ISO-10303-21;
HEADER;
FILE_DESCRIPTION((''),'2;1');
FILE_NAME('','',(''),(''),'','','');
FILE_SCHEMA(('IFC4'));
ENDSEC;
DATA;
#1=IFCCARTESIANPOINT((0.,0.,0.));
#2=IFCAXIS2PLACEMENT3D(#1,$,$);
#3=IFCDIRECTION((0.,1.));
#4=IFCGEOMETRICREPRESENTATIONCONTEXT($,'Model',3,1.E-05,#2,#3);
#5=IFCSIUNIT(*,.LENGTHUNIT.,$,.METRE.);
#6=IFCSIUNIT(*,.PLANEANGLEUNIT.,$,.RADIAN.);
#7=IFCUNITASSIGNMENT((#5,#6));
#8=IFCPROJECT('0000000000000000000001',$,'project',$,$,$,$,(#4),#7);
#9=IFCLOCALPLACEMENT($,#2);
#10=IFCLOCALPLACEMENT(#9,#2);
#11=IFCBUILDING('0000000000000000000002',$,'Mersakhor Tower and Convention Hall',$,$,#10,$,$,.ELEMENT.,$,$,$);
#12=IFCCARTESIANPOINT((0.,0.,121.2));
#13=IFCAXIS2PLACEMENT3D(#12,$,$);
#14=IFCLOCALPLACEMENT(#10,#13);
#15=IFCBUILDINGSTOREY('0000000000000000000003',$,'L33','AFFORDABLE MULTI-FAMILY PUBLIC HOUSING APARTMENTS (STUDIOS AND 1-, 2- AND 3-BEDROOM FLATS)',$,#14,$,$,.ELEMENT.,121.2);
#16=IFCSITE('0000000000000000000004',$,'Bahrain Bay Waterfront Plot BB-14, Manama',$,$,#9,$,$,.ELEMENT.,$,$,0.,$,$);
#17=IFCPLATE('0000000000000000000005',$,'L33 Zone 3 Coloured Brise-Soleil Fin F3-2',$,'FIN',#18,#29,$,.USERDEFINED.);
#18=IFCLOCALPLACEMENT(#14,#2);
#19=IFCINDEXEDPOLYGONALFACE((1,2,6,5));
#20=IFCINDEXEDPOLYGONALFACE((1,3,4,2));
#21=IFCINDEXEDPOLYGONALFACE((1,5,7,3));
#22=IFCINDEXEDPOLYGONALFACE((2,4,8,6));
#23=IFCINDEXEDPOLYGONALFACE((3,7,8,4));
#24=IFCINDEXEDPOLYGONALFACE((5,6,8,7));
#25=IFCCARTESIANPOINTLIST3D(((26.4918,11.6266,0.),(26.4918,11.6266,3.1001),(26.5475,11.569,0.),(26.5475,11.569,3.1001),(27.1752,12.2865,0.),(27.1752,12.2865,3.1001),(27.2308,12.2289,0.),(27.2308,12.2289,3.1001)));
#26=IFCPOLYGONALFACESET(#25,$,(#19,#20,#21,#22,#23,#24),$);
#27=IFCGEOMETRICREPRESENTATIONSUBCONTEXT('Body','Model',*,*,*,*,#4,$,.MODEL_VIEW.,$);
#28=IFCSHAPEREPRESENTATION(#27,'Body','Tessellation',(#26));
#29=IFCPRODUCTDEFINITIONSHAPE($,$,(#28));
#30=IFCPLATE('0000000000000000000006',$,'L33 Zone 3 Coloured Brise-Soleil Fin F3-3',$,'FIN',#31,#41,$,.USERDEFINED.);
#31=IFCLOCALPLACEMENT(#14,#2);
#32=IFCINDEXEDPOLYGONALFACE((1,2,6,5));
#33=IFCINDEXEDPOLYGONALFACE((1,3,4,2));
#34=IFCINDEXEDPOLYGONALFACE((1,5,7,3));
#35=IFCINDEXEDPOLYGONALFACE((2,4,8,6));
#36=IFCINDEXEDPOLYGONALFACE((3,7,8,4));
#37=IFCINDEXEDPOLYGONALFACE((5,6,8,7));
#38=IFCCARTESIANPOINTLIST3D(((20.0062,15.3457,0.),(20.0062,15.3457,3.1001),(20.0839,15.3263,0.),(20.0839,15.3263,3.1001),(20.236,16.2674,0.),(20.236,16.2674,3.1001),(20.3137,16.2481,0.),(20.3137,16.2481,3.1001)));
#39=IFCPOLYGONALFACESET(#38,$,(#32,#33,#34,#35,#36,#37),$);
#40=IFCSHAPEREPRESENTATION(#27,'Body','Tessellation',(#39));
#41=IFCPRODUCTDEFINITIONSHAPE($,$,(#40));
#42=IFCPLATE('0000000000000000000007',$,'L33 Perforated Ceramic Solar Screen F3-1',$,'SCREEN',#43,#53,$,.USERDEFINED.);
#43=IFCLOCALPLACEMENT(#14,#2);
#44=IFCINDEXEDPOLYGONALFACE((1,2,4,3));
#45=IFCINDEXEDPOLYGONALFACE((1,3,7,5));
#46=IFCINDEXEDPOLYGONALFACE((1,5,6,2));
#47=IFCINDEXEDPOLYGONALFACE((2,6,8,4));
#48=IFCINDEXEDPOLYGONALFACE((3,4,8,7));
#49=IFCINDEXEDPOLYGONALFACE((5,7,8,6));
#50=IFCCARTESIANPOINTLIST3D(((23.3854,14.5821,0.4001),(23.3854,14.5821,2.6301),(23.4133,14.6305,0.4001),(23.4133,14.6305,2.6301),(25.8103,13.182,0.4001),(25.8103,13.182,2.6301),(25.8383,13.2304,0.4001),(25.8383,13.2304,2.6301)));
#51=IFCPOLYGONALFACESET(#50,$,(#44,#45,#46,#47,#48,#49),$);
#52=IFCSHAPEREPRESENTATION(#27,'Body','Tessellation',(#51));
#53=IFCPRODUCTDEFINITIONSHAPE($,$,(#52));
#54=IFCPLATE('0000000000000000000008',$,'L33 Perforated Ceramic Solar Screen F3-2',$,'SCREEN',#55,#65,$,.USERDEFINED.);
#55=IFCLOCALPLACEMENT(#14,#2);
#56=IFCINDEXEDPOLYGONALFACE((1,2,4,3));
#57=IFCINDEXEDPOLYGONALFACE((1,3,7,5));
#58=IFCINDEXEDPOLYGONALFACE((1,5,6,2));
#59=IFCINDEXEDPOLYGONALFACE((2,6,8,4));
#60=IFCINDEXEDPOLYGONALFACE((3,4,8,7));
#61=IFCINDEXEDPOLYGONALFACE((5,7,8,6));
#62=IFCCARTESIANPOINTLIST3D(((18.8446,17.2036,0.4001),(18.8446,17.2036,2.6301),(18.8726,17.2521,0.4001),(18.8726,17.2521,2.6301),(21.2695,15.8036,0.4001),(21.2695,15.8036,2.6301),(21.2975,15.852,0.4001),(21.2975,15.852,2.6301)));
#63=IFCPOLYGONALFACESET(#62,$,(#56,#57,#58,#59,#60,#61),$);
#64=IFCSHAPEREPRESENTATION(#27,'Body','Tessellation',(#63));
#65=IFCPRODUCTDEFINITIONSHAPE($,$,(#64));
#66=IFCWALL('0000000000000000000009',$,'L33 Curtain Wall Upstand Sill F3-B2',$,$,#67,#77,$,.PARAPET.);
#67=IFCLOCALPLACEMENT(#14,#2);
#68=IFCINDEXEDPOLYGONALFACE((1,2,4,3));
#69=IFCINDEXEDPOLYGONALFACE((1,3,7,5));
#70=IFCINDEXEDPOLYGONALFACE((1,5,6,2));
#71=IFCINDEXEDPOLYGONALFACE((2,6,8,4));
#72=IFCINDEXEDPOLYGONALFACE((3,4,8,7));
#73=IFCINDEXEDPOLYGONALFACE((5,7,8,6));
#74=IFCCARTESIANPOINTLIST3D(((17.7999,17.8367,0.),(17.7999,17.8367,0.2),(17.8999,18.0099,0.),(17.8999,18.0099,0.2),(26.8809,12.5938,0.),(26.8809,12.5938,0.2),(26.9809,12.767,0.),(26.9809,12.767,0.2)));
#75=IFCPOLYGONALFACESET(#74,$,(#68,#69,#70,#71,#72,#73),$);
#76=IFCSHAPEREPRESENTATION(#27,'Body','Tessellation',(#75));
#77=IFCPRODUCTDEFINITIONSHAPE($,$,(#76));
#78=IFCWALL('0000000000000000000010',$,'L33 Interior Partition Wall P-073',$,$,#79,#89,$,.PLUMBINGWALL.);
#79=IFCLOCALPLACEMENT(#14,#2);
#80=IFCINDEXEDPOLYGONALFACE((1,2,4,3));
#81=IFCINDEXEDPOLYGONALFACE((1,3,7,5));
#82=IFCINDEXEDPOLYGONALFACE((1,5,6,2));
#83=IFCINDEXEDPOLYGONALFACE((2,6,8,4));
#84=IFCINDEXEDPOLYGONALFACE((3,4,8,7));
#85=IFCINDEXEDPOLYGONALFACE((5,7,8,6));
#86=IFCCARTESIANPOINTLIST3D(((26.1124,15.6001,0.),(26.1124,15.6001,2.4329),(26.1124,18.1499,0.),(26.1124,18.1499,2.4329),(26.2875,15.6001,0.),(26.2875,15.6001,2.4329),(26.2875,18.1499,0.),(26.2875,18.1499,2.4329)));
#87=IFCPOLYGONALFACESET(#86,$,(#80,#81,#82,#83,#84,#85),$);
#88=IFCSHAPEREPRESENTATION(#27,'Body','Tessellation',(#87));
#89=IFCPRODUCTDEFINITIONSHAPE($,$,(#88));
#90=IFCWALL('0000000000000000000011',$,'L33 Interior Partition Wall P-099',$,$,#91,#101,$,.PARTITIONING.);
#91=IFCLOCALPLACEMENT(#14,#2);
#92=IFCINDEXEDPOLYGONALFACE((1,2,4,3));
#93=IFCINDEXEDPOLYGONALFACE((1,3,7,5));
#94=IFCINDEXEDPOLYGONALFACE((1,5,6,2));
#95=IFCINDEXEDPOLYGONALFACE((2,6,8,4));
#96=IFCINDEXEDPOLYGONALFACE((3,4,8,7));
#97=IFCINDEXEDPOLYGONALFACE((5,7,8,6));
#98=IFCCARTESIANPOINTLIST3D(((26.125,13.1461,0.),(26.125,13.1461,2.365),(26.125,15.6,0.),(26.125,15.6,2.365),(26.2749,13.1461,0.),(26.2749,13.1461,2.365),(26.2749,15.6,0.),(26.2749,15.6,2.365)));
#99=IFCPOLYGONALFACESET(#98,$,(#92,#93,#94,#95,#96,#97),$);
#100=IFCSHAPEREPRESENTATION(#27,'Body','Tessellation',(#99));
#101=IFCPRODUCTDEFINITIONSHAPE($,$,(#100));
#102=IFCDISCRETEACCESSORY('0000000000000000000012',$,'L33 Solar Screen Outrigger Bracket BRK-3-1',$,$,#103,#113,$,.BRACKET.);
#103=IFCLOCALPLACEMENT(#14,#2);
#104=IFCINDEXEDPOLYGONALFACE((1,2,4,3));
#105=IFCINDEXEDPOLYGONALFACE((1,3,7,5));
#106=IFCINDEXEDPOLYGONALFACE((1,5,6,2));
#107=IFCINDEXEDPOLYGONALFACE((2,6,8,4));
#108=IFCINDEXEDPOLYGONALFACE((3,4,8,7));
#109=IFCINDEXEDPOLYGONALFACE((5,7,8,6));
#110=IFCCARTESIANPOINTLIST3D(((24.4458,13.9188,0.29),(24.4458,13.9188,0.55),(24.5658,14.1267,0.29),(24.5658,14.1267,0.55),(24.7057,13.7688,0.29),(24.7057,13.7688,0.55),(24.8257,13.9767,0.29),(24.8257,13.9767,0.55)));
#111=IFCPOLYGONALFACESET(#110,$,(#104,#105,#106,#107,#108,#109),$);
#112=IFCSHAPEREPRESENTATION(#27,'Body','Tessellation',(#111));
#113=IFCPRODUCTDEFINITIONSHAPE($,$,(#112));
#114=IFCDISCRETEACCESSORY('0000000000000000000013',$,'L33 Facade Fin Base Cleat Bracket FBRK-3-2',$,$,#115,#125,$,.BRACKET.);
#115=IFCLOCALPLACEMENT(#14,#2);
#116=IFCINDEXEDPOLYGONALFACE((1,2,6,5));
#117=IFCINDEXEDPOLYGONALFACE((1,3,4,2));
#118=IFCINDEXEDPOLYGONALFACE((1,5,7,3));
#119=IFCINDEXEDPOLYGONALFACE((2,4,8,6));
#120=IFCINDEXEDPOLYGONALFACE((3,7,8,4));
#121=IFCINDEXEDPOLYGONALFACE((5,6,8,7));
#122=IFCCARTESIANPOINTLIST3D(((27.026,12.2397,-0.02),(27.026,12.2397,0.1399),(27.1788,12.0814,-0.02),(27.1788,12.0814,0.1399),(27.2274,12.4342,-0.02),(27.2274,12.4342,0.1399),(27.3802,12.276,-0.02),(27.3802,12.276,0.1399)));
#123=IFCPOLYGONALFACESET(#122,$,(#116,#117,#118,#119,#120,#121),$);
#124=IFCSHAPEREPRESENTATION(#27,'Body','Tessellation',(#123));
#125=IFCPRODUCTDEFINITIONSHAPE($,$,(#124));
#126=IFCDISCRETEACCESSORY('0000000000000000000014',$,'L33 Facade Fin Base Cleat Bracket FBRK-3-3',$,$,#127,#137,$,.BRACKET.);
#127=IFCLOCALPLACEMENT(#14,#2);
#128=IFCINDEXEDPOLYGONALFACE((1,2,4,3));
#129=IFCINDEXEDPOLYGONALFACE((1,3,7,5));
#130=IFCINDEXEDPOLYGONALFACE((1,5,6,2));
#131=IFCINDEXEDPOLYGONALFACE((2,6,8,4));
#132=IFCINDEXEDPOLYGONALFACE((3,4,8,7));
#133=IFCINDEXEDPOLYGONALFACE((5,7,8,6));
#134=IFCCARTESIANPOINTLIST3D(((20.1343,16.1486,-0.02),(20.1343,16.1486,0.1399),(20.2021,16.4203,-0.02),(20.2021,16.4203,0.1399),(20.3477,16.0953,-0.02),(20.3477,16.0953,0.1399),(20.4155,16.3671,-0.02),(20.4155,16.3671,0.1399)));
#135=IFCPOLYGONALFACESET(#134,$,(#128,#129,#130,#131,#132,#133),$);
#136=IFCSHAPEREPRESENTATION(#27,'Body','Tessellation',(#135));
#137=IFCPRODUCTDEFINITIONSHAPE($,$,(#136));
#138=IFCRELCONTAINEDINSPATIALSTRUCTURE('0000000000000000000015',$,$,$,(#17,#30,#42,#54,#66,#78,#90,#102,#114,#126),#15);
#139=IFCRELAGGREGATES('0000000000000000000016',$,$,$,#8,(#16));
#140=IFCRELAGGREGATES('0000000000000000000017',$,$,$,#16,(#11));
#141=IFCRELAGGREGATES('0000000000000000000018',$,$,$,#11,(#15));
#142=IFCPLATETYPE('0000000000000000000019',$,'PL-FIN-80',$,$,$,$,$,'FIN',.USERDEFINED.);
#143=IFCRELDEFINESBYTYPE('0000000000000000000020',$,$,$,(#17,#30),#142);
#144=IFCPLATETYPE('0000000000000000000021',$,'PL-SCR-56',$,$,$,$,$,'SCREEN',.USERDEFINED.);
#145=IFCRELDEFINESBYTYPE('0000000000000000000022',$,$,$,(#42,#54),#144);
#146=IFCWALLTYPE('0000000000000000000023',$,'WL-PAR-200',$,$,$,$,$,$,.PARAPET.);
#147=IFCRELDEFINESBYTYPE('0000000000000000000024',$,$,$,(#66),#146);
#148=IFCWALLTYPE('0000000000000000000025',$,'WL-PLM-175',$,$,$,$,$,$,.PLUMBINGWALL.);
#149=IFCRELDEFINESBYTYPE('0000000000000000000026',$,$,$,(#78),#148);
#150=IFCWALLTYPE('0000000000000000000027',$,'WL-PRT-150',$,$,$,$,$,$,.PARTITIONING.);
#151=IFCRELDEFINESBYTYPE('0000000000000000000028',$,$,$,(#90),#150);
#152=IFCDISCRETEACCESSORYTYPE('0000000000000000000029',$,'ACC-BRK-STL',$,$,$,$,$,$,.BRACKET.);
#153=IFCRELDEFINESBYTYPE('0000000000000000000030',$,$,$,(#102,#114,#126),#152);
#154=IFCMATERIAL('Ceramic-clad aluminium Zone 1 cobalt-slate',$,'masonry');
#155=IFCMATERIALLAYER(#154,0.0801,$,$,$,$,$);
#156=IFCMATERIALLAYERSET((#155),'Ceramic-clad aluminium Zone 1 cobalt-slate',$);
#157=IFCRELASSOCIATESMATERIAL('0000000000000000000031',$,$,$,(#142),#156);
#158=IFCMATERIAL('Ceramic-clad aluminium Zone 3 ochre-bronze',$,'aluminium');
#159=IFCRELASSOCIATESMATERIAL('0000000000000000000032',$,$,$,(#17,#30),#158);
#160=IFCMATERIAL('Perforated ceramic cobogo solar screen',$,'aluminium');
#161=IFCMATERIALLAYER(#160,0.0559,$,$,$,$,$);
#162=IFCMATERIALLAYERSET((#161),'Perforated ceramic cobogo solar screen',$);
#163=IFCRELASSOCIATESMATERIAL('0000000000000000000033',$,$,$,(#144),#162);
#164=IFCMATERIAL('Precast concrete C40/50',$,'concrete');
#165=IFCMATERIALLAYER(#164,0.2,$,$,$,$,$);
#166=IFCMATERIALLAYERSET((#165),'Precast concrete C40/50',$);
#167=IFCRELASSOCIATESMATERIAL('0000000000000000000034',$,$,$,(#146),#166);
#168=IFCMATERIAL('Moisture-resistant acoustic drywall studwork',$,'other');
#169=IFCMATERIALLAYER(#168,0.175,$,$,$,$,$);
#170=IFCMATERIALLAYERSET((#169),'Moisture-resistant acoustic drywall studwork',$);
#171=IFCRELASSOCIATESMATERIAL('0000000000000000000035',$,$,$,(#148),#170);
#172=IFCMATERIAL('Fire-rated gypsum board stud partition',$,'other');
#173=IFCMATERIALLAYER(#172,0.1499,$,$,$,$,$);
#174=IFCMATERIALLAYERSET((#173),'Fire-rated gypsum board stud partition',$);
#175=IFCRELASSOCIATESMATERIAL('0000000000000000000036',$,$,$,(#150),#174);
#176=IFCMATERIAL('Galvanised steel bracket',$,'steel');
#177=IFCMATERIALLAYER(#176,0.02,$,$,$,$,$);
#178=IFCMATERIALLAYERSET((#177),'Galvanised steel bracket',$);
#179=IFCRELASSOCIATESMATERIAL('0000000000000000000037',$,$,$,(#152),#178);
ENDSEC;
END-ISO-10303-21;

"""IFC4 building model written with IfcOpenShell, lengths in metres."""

from ifc_helpers import new_model, si_unit, direction, frame, frame_2d, origin, origin_2d, place, context, subcontext, project, spatial, rectangle, extrude, material, layer, layer_set, type_object, element, save


model = new_model("IFC4")

# Units and contexts
model_context = context("Model", 3, precision=1e-05, world=origin(), true_north=direction((0.0, 1.0)))
body_context = subcontext(model_context, "Body", "Model", "MODEL_VIEW")
ifc_project = project(units=[si_unit("LENGTHUNIT", "METRE"), si_unit("PLANEANGLEUNIT", "RADIAN")], contexts=[model_context])

# Site, building, storey
site_placement = place(None, origin())
site = spatial("IfcSite", under=ifc_project, at=site_placement, Name="Bahrain Bay Waterfront Plot BB-14, Manama", CompositionType="ELEMENT", RefElevation=0.0)
building_placement = place(site_placement, origin())
building = spatial("IfcBuilding", under=site, at=building_placement, Name="Mersakhor Tower and Convention Hall", CompositionType="ELEMENT")
storey_placement = place(building_placement, frame((0.0, 0.0, 121.2)))
storey = spatial("IfcBuildingStorey", under=building, at=storey_placement, Name="L33", Description="AFFORDABLE MULTI-FAMILY PUBLIC HOUSING APARTMENTS (STUDIOS AND 1-, 2- AND 3-BEDROOM FLATS)", CompositionType="ELEMENT", Elevation=121.2)

# Plates
ifc_material_1 = material(Name="Ceramic-clad aluminium Zone 3 ochre-bronze", Category="aluminium")
ifc_material_2 = material(Name="Ceramic-clad aluminium Zone 1 cobalt-slate", Category="masonry")
ifc_layer_1 = layer(ifc_material_2, 0.0801)
ifc_layer_set_1 = layer_set([ifc_layer_1], Name="Ceramic-clad aluminium Zone 1 cobalt-slate")
plate_type_1 = type_object("IfcPlateType", Name="PL-FIN-80", ElementType="FIN", PredefinedType="USERDEFINED", material=ifc_layer_set_1)
for number, where, z_axis, x_axis, name in (
    (1, (26.8613, 11.9277, 0.0), (0.0, 0.0, 1.0), (-0.71934, -0.694658, 0.0), "L33 Zone 3 Coloured Brise-Soleil Fin F3-2"),
    (2, (20.1599, 15.7969, 0.0), (0.0, 0.0, 1.0), (-0.241922, -0.970296, 0.0), "L33 Zone 3 Coloured Brise-Soleil Fin F3-3"),
):
    element("IfcPlate", number, at=place(storey_placement, frame(where, z_axis=z_axis, x_axis=x_axis)), inside=storey, type_object=plate_type_1, material=ifc_material_1, Name=name, ObjectType="FIN", PredefinedType="USERDEFINED", context=body_context, shape_type="SweptSolid", body=[
        extrude(rectangle(XDim=0.95, YDim=0.0801, at=origin_2d()), origin(), (0.0, 0.0, 1.0), 3.1001),
    ])
ifc_material_3 = material(Name="Perforated ceramic cobogo solar screen", Category="aluminium")
ifc_layer_2 = layer(ifc_material_3, 0.0559)
ifc_layer_set_2 = layer_set([ifc_layer_2], Name="Perforated ceramic cobogo solar screen")
plate_type_2 = type_object("IfcPlateType", Name="PL-SCR-56", ElementType="SCREEN", PredefinedType="USERDEFINED", material=ifc_layer_set_2)
for number, where, z_axis, x_axis, name in (
    (3, (24.6118, 13.9062, 0.4001), (0.0, 0.0, 1.0), (-0.866025, 0.5, 0.0), "L33 Perforated Ceramic Solar Screen F3-1"),
    (4, (20.071, 16.5278, 0.4001), (0.0, 0.0, 1.0), (-0.866025, 0.5, 0.0), "L33 Perforated Ceramic Solar Screen F3-2"),
):
    element("IfcPlate", number, at=place(storey_placement, frame(where, z_axis=z_axis, x_axis=x_axis)), inside=storey, type_object=plate_type_2, Name=name, ObjectType="SCREEN", PredefinedType="USERDEFINED", context=body_context, shape_type="SweptSolid", body=[
        extrude(rectangle(XDim=2.8, YDim=0.0559, at=origin_2d()), origin(), (0.0, 0.0, 1.0), 2.23),
    ])

# Walls
ifc_material_4 = material(Name="Precast concrete C40/50", Category="concrete")
ifc_layer_3 = layer(ifc_material_4, 0.2)
ifc_layer_set_3 = layer_set([ifc_layer_3], Name="Precast concrete C40/50")
wall_type_1 = type_object("IfcWallType", Name="WL-PAR-200", PredefinedType="PARAPET", material=ifc_layer_set_3)
wall_1_placement = place(storey_placement, frame((26.9309, 12.6804, 0.0), z_axis=(0.0, 0.0, 1.0), x_axis=(-0.866027, 0.499998, 0.0)))
element("IfcWall", 5, at=wall_1_placement, inside=storey, type_object=wall_type_1, Name="L33 Curtain Wall Upstand Sill F3-B2", PredefinedType="PARAPET", context=body_context, shape_type="SweptSolid", body=[
    extrude(rectangle(XDim=10.4858, YDim=0.2, at=frame_2d((5.2429, 0.0))), origin(), (0.0, 0.0, 1.0), 0.2),
])
ifc_material_5 = material(Name="Moisture-resistant acoustic drywall studwork", Category="other")
ifc_layer_4 = layer(ifc_material_5, 0.175)
ifc_layer_set_4 = layer_set([ifc_layer_4], Name="Moisture-resistant acoustic drywall studwork")
wall_type_2 = type_object("IfcWallType", Name="WL-PLM-175", PredefinedType="PLUMBINGWALL", material=ifc_layer_set_4)
wall_2_placement = place(storey_placement, frame((26.2, 15.6001, 0.0), z_axis=(0.0, 0.0, 1.0), x_axis=(0.0, 1.0, 0.0)))
element("IfcWall", 6, at=wall_2_placement, inside=storey, type_object=wall_type_2, Name="L33 Interior Partition Wall P-073", PredefinedType="PLUMBINGWALL", context=body_context, shape_type="SweptSolid", body=[
    extrude(rectangle(XDim=2.5498, YDim=0.175, at=frame_2d((1.2749, 0.0))), origin(), (0.0, 0.0, 1.0), 2.4329),
])
ifc_material_6 = material(Name="Fire-rated gypsum board stud partition", Category="other")
ifc_layer_5 = layer(ifc_material_6, 0.1499)
ifc_layer_set_5 = layer_set([ifc_layer_5], Name="Fire-rated gypsum board stud partition")
wall_type_3 = type_object("IfcWallType", Name="WL-PRT-150", PredefinedType="PARTITIONING", material=ifc_layer_set_5)
wall_3_placement = place(storey_placement, frame((26.2, 15.6001, 0.0), z_axis=(0.0, 0.0, 1.0), x_axis=(0.0, -1.0, 0.0)))
element("IfcWall", 7, at=wall_3_placement, inside=storey, type_object=wall_type_3, Name="L33 Interior Partition Wall P-099", PredefinedType="PARTITIONING", context=body_context, shape_type="SweptSolid", body=[
    extrude(rectangle(XDim=2.4539, YDim=0.1499, at=frame_2d((1.2271, 0.0))), origin(), (0.0, 0.0, 1.0), 2.365),
])

# Discrete accessories
ifc_material_7 = material(Name="Galvanised steel bracket", Category="steel")
ifc_layer_6 = layer(ifc_material_7, 0.02)
ifc_layer_set_6 = layer_set([ifc_layer_6], Name="Galvanised steel bracket")
discrete_accessory_type = type_object("IfcDiscreteAccessoryType", Name="ACC-BRK-STL", PredefinedType="BRACKET", material=ifc_layer_set_6)
discrete_accessory_placement = place(storey_placement, frame((24.6357, 13.9478, 0.29), z_axis=(0.0, 0.0, 1.0), x_axis=(-0.866025, 0.5, 0.0)))
element("IfcDiscreteAccessory", 8, at=discrete_accessory_placement, inside=storey, type_object=discrete_accessory_type, Name="L33 Solar Screen Outrigger Bracket BRK-3-1", PredefinedType="BRACKET", context=body_context, shape_type="SweptSolid", body=[
    extrude(rectangle(XDim=0.3, YDim=0.24, at=origin_2d()), origin(), (0.0, 0.0, 1.0), 0.26),
])
for number, where, z_axis, x_axis, name in (
    (9, (27.2031, 12.2578, -0.02), (0.0, 0.0, 1.0), (-0.71934, -0.694658, 0.0), "L33 Facade Fin Base Cleat Bracket FBRK-3-2"),
    (10, (20.2749, 16.2578, -0.02), (0.0, 0.0, 1.0), (-0.241922, -0.970296, 0.0), "L33 Facade Fin Base Cleat Bracket FBRK-3-3"),
):
    element("IfcDiscreteAccessory", number, at=place(storey_placement, frame(where, z_axis=z_axis, x_axis=x_axis)), inside=storey, type_object=discrete_accessory_type, Name=name, PredefinedType="BRACKET", context=body_context, shape_type="SweptSolid", body=[
        extrude(rectangle(XDim=0.28, YDim=0.22, at=origin_2d()), origin(), (0.0, 0.0, 1.0), 0.1599),
    ])

save(model, "model.ifc")
